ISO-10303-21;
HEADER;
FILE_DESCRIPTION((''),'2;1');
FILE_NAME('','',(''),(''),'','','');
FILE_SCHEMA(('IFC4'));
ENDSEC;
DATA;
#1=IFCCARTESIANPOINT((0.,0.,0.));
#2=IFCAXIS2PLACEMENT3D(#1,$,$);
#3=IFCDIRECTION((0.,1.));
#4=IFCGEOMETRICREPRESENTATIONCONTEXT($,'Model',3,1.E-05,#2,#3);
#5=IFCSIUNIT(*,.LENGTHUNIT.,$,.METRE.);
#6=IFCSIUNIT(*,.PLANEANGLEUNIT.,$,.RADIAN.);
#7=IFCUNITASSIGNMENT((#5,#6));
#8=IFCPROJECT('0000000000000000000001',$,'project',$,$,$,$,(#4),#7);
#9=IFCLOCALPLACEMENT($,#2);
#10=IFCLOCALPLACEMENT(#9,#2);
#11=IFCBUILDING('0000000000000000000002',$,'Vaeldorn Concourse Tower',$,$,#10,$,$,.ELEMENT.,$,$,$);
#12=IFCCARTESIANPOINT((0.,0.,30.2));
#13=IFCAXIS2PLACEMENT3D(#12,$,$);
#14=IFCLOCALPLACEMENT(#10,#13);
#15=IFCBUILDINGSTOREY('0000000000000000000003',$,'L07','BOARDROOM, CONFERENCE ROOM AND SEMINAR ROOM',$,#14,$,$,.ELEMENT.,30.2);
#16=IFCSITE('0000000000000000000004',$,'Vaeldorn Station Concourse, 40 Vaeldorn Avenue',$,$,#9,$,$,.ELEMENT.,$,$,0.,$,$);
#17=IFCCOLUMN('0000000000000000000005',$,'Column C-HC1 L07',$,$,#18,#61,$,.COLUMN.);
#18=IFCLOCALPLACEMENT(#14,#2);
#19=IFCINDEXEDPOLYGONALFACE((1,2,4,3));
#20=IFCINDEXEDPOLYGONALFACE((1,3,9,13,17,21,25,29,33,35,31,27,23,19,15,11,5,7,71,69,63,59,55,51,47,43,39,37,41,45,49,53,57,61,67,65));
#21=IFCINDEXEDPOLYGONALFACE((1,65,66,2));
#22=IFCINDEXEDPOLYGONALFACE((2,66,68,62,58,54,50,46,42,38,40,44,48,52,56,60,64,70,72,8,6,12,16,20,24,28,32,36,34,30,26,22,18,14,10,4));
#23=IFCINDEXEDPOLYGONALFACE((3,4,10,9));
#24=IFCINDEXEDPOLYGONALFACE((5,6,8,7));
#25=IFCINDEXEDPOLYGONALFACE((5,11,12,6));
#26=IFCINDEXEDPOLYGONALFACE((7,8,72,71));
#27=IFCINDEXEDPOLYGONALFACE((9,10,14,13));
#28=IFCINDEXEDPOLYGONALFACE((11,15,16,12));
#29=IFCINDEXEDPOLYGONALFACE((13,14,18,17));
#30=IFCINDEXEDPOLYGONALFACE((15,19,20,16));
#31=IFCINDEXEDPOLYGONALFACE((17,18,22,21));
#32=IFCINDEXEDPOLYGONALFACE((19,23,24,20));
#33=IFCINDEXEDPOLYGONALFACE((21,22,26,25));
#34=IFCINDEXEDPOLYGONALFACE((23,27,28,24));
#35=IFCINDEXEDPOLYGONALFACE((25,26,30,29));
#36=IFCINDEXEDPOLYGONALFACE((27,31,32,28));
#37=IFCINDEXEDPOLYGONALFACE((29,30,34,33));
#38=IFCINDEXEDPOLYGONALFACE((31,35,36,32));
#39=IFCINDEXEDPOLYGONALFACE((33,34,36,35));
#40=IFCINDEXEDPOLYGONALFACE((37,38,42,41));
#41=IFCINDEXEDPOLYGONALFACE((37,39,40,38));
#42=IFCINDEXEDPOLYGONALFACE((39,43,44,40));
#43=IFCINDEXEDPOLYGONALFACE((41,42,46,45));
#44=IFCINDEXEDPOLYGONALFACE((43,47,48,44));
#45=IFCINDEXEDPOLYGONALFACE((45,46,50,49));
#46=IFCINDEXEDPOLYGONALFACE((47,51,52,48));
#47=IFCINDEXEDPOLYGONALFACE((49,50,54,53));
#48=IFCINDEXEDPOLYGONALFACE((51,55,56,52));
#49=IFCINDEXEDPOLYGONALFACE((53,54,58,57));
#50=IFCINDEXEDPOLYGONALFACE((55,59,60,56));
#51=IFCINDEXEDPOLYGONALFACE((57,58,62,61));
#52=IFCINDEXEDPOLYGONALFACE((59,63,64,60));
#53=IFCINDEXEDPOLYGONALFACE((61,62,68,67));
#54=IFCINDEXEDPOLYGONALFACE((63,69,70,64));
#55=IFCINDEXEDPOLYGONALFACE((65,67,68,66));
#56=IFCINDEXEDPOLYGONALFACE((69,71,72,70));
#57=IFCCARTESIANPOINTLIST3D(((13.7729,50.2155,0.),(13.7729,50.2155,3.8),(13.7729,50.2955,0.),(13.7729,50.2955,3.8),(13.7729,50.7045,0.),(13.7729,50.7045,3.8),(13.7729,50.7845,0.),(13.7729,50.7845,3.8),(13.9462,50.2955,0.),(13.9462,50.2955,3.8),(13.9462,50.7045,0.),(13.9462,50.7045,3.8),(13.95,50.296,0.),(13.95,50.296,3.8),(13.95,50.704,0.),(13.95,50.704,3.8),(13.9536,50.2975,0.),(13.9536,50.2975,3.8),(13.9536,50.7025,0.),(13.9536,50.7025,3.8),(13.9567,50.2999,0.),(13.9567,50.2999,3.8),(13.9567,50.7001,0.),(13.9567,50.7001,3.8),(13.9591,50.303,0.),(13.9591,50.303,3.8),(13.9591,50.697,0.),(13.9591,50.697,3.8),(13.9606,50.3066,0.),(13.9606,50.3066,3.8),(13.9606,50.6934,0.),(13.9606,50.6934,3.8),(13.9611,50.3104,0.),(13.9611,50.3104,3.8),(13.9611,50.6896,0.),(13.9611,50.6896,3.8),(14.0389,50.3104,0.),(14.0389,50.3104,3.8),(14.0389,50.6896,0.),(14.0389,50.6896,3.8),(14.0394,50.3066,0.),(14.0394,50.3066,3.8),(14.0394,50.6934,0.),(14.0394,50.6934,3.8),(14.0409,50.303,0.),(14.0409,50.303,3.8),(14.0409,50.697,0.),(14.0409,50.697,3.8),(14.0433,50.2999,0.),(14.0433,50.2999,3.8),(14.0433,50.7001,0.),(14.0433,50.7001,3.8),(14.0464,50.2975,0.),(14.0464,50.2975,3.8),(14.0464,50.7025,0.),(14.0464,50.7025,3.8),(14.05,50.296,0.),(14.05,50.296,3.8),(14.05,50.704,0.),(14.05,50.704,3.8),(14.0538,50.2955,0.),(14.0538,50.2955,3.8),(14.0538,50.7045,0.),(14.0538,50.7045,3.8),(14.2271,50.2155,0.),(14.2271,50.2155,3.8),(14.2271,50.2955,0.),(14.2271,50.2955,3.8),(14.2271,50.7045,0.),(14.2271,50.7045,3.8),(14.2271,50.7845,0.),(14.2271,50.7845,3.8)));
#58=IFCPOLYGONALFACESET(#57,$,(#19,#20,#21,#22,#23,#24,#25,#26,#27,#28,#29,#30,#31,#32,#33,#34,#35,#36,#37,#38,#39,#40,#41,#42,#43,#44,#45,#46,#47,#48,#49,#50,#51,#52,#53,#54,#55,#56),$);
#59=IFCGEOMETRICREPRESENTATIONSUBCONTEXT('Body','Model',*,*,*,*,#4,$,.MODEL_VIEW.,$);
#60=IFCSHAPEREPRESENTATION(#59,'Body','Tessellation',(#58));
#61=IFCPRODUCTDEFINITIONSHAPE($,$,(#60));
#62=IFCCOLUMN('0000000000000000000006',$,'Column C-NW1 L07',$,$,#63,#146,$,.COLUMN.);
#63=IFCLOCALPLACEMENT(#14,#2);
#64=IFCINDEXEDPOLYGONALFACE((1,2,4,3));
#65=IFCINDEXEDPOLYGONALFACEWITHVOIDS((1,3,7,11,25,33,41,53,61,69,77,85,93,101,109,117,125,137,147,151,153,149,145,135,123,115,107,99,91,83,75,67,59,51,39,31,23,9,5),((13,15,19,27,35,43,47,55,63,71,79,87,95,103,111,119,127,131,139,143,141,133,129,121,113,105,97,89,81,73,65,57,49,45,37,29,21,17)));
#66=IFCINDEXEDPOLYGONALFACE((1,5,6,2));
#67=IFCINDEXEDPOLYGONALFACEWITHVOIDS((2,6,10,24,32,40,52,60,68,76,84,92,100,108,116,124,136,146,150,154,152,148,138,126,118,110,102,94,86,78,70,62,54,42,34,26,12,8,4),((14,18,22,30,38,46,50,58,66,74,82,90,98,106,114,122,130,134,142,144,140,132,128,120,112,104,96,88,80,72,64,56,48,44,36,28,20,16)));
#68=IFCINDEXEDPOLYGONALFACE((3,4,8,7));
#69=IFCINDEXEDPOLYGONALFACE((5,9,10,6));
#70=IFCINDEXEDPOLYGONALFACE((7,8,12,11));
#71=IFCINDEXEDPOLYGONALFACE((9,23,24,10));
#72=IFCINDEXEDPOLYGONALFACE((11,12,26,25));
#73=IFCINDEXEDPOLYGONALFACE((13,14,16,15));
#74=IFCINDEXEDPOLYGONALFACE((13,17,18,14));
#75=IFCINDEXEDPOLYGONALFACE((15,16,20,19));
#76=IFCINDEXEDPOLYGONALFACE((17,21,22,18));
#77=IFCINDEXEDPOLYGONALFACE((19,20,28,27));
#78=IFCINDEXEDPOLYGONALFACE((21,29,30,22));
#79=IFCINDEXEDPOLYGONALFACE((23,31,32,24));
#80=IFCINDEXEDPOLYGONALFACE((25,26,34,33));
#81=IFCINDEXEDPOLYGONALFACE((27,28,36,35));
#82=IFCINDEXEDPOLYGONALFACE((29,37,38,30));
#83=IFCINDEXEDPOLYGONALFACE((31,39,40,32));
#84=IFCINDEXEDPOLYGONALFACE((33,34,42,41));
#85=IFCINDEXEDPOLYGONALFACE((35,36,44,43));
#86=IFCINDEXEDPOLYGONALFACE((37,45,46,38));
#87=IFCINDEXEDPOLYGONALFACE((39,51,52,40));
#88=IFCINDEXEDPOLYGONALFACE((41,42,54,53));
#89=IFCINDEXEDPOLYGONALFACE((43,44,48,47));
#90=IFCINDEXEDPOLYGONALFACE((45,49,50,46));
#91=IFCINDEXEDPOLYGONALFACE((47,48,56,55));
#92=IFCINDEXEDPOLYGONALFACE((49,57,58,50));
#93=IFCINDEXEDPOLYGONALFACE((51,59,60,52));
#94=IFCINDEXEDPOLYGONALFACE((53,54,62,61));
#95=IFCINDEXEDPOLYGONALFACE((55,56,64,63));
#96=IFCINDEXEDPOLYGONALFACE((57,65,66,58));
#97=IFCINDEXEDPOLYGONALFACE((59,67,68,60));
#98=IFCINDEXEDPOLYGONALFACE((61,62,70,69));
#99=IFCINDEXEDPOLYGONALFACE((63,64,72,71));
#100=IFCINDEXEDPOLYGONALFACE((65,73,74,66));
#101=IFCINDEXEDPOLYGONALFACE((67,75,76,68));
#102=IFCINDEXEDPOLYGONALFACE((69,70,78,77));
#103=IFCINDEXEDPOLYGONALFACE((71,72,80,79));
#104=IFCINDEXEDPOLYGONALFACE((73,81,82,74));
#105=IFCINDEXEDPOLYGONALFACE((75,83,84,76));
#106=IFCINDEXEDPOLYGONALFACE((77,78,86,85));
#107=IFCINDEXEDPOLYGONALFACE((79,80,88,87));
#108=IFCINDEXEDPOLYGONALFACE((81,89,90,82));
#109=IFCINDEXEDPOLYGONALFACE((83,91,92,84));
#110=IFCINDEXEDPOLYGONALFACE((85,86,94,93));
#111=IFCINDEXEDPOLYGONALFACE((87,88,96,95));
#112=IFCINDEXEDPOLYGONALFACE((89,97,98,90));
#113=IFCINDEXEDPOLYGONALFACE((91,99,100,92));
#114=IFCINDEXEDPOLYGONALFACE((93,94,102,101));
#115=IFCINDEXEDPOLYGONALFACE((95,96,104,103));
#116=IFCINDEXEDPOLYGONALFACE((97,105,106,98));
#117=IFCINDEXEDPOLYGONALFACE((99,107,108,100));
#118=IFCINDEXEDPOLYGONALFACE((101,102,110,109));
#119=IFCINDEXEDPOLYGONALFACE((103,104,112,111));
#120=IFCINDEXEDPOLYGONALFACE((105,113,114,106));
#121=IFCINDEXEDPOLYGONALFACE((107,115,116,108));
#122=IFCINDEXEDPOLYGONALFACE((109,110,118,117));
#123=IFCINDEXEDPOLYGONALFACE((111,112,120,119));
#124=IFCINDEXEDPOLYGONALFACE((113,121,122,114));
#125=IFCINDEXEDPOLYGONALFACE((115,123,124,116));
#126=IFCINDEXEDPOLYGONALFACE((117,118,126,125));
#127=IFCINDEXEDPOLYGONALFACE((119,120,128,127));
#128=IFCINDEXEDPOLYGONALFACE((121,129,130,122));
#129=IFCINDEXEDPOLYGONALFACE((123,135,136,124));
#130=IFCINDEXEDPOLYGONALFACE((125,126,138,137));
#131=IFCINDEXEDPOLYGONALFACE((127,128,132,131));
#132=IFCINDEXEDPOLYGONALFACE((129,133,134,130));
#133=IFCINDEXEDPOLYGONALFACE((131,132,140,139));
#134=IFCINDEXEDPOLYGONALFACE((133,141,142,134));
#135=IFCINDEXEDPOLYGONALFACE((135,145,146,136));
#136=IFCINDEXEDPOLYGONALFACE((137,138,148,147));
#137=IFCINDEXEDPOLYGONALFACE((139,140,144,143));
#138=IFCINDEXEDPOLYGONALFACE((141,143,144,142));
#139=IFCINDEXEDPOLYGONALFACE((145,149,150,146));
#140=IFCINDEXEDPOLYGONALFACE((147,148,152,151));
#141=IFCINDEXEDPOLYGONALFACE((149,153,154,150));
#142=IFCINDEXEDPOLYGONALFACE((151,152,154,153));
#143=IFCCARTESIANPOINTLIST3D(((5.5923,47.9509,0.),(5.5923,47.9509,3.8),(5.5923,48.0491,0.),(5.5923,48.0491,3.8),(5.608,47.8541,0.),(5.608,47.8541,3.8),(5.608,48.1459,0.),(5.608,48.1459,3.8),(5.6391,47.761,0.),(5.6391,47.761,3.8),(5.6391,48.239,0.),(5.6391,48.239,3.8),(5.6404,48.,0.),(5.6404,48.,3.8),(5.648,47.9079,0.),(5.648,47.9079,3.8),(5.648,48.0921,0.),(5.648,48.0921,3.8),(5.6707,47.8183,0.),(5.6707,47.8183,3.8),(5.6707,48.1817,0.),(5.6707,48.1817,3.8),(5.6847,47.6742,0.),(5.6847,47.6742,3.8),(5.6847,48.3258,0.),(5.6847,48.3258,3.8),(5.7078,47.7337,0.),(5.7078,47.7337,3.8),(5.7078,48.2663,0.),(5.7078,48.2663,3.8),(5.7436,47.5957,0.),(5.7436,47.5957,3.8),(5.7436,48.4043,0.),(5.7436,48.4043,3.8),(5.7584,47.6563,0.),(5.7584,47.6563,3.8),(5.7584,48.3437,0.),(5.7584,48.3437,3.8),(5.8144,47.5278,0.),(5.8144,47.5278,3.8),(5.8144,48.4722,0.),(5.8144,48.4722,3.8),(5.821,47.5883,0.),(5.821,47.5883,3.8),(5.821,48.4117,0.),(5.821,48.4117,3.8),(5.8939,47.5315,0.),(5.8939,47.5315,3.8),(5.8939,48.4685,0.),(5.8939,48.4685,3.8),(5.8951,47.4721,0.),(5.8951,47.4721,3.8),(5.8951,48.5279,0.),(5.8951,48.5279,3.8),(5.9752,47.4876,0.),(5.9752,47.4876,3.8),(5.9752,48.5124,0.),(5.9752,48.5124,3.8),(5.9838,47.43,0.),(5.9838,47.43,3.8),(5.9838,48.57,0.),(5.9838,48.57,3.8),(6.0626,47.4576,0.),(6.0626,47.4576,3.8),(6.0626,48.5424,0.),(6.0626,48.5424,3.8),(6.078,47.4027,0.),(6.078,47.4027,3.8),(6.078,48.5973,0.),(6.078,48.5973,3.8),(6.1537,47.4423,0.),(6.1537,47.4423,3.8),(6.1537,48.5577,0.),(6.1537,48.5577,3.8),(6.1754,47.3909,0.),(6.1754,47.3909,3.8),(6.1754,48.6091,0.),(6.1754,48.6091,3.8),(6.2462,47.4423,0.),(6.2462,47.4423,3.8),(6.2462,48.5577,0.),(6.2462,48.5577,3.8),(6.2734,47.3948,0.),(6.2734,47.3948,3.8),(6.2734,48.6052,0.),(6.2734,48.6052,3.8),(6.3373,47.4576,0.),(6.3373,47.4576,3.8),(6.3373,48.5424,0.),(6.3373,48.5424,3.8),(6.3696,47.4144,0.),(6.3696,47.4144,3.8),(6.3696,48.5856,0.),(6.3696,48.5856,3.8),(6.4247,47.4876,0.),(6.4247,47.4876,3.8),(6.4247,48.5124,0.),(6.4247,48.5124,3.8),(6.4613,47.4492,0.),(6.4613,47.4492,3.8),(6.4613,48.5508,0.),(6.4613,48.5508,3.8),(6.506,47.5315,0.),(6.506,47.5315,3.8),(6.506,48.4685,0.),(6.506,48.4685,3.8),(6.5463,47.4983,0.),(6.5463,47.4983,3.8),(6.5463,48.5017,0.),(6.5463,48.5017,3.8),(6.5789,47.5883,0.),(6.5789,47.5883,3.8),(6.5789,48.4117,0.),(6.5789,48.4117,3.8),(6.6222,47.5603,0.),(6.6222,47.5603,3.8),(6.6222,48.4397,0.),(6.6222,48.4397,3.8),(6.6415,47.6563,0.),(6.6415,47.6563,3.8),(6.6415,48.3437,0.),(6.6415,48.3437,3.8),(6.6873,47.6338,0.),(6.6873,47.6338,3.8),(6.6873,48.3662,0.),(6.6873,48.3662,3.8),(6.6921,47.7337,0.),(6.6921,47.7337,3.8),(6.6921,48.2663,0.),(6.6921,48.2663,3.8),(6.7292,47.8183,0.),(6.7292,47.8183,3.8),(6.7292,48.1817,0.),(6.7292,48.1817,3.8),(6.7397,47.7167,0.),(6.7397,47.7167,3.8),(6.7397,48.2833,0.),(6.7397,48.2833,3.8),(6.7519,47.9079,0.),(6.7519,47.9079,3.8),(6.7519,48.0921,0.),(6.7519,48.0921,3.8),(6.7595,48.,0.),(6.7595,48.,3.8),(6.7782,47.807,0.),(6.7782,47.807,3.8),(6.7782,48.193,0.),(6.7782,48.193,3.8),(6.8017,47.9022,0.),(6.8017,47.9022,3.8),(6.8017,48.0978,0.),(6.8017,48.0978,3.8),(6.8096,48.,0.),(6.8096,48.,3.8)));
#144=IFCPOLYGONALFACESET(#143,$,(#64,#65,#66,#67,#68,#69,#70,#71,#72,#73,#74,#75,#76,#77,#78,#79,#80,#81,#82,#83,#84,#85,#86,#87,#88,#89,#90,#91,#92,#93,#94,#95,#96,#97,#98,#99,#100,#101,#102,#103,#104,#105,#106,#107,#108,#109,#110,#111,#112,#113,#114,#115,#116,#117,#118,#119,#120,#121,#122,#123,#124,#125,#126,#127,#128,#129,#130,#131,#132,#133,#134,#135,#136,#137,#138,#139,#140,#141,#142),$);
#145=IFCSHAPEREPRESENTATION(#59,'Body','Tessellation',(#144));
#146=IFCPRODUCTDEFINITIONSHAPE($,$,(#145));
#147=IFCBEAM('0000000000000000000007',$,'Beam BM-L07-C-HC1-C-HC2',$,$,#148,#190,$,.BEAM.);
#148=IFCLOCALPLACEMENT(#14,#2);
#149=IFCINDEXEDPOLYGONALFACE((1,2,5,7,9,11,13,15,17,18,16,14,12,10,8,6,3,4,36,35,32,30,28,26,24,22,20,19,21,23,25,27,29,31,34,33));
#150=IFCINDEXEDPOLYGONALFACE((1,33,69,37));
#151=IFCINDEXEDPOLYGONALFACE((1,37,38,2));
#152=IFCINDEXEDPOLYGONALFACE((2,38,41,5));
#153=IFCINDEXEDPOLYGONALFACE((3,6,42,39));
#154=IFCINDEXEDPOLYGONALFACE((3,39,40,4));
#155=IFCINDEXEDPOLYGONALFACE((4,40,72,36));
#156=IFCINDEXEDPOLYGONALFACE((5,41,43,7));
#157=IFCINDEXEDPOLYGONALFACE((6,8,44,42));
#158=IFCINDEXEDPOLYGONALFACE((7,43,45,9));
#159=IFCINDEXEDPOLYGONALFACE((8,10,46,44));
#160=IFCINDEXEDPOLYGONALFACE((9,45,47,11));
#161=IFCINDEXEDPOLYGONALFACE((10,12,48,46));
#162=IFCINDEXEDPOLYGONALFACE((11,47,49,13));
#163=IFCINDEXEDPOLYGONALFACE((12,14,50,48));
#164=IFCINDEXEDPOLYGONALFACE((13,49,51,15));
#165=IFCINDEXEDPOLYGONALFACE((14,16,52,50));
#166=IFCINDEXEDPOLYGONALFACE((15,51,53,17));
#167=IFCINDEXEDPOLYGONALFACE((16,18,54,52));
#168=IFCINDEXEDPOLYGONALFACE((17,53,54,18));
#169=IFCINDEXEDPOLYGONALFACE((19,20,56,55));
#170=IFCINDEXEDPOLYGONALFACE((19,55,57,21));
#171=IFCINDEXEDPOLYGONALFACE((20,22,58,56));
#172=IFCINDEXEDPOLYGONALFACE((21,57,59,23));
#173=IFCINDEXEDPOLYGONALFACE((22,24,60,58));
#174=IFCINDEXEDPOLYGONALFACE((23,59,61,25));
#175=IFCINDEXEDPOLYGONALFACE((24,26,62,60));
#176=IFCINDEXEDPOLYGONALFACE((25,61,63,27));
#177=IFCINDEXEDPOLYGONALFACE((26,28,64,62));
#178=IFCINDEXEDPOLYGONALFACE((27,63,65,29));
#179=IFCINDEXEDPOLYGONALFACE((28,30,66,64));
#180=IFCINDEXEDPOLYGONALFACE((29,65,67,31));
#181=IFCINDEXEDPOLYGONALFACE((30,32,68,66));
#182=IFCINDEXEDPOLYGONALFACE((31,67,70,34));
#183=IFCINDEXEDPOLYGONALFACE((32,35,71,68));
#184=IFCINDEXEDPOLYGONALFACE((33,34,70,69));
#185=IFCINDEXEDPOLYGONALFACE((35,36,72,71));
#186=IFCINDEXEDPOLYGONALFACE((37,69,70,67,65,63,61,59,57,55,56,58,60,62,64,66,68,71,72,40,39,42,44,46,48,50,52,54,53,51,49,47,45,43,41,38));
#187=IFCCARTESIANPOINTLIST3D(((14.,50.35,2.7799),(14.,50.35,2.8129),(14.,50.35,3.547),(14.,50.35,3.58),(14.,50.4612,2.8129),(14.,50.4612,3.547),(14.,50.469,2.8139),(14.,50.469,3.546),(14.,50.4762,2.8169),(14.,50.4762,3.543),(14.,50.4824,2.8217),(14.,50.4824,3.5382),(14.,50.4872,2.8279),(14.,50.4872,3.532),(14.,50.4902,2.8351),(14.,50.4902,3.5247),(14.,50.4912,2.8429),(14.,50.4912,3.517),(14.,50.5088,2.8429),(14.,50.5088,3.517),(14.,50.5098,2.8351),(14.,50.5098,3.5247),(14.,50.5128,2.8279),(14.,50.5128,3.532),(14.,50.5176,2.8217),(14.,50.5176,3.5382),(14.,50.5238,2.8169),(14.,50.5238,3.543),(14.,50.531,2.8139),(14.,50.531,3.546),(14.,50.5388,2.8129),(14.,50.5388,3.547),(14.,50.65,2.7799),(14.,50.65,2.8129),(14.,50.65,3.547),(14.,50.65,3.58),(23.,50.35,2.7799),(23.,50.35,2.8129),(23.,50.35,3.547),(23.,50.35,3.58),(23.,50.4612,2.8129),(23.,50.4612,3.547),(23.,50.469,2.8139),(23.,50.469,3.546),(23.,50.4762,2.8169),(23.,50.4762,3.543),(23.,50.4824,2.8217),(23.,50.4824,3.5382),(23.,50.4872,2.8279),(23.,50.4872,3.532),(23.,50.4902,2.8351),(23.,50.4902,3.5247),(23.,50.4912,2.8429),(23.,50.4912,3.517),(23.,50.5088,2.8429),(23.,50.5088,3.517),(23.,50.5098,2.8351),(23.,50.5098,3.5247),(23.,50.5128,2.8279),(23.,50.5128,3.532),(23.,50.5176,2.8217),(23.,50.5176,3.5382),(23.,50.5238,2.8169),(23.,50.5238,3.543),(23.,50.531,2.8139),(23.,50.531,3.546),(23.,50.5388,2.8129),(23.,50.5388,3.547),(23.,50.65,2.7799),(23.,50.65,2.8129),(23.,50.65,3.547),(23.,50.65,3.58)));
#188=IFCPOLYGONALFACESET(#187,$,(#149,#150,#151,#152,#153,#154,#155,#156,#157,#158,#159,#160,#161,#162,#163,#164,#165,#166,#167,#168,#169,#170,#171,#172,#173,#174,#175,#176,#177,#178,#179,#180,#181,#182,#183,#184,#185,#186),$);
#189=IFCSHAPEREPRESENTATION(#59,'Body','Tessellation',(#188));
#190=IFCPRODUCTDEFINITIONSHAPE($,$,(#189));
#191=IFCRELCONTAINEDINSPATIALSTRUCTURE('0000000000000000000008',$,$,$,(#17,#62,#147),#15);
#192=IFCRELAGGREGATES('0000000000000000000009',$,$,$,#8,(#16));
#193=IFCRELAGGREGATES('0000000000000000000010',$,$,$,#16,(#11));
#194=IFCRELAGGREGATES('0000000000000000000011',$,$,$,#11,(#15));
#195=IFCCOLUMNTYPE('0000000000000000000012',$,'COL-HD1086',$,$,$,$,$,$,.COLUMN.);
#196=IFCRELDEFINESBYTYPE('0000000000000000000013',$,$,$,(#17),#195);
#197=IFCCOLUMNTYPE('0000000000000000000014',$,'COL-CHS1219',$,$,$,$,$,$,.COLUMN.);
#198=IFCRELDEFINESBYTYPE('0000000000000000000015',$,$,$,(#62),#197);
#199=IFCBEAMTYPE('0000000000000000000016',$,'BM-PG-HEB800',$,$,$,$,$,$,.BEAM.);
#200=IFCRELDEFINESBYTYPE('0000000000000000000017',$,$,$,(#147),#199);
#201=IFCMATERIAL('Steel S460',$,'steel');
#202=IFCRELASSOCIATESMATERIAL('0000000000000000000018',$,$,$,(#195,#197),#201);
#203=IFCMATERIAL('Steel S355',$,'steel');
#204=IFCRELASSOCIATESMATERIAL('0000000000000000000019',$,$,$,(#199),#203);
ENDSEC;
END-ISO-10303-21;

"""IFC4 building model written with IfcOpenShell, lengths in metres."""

from ifc_helpers import new_model, si_unit, direction, frame, origin, origin_2d, place, context, subcontext, project, spatial, hollow_circle, i_section, extrude, source, transform, mapped, material, material_profile, profile_set, type_object, element, save


model = new_model("IFC4")

# Units and contexts
model_context = context("Model", 3, precision=1e-05, world=origin(), true_north=direction((0.0, 1.0)))
body_context = subcontext(model_context, "Body", "Model", "MODEL_VIEW")
ifc_project = project(units=[si_unit("LENGTHUNIT", "METRE"), si_unit("PLANEANGLEUNIT", "RADIAN")], contexts=[model_context])

# Site, building, storey
site_placement = place(None, origin())
site = spatial("IfcSite", under=ifc_project, at=site_placement, Name="Vaeldorn Station Concourse, 40 Vaeldorn Avenue", CompositionType="ELEMENT", RefElevation=0.0)
building_placement = place(site_placement, origin())
building = spatial("IfcBuilding", under=site, at=building_placement, Name="Vaeldorn Concourse Tower", CompositionType="ELEMENT")
storey_placement = place(building_placement, frame((0.0, 0.0, 30.2)))
storey = spatial("IfcBuildingStorey", under=building, at=storey_placement, Name="L07", Description="BOARDROOM, CONFERENCE ROOM AND SEMINAR ROOM", CompositionType="ELEMENT", Elevation=30.2)

# Columns
ifc_material_1 = material(Name="Steel S460", Category="steel")
ifc_material_profile_1 = material_profile(ifc_material_1, i_section(OverallWidth=0.4541, OverallDepth=0.5691, WebThickness=0.0779, FlangeThickness=0.0801, FilletRadius=0.0149, at=origin_2d()), Name="HD 400x1086")
ifc_profile_set_1 = profile_set([ifc_material_profile_1], Name="Steel S460")
column_type_1 = type_object("IfcColumnType", Name="COL-HD1086", PredefinedType="COLUMN", material=ifc_profile_set_1)
shared_shape_1 = source(origin(), body_context, "Body", "SweptSolid", [
    extrude(i_section(OverallWidth=0.4541, OverallDepth=0.5691, WebThickness=0.0779, FlangeThickness=0.0801, FilletRadius=0.0149, at=origin_2d()), origin(), (0.0, 0.0, 1.0), 3.8),
])
column_1_placement = place(storey_placement, frame((14.0, 50.5, 0.0), z_axis=(0.0, 0.0, 1.0), x_axis=(1.0, 0.0, 0.0)))
element("IfcColumn", 1, at=column_1_placement, inside=storey, type_object=column_type_1, Name="Column C-HC1 L07", PredefinedType="COLUMN", context=body_context, shape_type="MappedRepresentation", body=[
    mapped(shared_shape_1, transform((0.0, 0.0, 0.0), scale=1.0)),
])
ifc_material_profile_2 = material_profile(ifc_material_1, hollow_circle(Radius=0.6096, WallThickness=0.05, at=origin_2d()), Name="CHS 1219x50")
ifc_profile_set_2 = profile_set([ifc_material_profile_2], Name="Steel S460")
column_type_2 = type_object("IfcColumnType", Name="COL-CHS1219", PredefinedType="COLUMN", material=ifc_profile_set_2)
shared_shape_2 = source(origin(), body_context, "Body", "SweptSolid", [
    extrude(hollow_circle(Radius=0.6096, WallThickness=0.05, at=origin_2d()), origin(), (0.0, 0.0, 1.0), 3.8),
])
column_2_placement = place(storey_placement, frame((6.2, 48.0, 0.0), z_axis=(0.0, 0.0, 1.0), x_axis=(1.0, 0.0, 0.0)))
element("IfcColumn", 2, at=column_2_placement, inside=storey, type_object=column_type_2, Name="Column C-NW1 L07", PredefinedType="COLUMN", context=body_context, shape_type="MappedRepresentation", body=[
    mapped(shared_shape_2, transform((0.0, 0.0, 0.0), scale=1.0)),
])

# Beam
ifc_material_2 = material(Name="Steel S355", Category="steel")
ifc_material_profile_3 = material_profile(ifc_material_2, i_section(OverallWidth=0.3, OverallDepth=0.8, WebThickness=0.0176, FlangeThickness=0.033, FilletRadius=0.03, at=origin_2d()), Name="HEB 800")
ifc_profile_set_3 = profile_set([ifc_material_profile_3], Name="Steel S355")
beam_type_1 = type_object("IfcBeamType", Name="BM-PG-HEB800", PredefinedType="BEAM", material=ifc_profile_set_3)
shared_shape_3 = source(origin(), body_context, "Body", "SweptSolid", [
    extrude(i_section(OverallWidth=0.3, OverallDepth=0.8, WebThickness=0.0176, FlangeThickness=0.033, FilletRadius=0.03, at=origin_2d()), origin(), (0.0, 0.0, 1.0), 9.0),
])
beam_1_placement = place(storey_placement, frame((14.0, 50.5, 3.1799), z_axis=(1.0, 0.0, 0.0), x_axis=(0.0, 1.0, 0.0)))
element("IfcBeam", 3, at=beam_1_placement, inside=storey, type_object=beam_type_1, Name="Beam BM-L07-C-HC1-C-HC2", PredefinedType="BEAM", context=body_context, shape_type="MappedRepresentation", body=[
    mapped(shared_shape_3, transform((0.0, 0.0, 0.0), scale=1.0)),
])

save(model, "model.ifc")
